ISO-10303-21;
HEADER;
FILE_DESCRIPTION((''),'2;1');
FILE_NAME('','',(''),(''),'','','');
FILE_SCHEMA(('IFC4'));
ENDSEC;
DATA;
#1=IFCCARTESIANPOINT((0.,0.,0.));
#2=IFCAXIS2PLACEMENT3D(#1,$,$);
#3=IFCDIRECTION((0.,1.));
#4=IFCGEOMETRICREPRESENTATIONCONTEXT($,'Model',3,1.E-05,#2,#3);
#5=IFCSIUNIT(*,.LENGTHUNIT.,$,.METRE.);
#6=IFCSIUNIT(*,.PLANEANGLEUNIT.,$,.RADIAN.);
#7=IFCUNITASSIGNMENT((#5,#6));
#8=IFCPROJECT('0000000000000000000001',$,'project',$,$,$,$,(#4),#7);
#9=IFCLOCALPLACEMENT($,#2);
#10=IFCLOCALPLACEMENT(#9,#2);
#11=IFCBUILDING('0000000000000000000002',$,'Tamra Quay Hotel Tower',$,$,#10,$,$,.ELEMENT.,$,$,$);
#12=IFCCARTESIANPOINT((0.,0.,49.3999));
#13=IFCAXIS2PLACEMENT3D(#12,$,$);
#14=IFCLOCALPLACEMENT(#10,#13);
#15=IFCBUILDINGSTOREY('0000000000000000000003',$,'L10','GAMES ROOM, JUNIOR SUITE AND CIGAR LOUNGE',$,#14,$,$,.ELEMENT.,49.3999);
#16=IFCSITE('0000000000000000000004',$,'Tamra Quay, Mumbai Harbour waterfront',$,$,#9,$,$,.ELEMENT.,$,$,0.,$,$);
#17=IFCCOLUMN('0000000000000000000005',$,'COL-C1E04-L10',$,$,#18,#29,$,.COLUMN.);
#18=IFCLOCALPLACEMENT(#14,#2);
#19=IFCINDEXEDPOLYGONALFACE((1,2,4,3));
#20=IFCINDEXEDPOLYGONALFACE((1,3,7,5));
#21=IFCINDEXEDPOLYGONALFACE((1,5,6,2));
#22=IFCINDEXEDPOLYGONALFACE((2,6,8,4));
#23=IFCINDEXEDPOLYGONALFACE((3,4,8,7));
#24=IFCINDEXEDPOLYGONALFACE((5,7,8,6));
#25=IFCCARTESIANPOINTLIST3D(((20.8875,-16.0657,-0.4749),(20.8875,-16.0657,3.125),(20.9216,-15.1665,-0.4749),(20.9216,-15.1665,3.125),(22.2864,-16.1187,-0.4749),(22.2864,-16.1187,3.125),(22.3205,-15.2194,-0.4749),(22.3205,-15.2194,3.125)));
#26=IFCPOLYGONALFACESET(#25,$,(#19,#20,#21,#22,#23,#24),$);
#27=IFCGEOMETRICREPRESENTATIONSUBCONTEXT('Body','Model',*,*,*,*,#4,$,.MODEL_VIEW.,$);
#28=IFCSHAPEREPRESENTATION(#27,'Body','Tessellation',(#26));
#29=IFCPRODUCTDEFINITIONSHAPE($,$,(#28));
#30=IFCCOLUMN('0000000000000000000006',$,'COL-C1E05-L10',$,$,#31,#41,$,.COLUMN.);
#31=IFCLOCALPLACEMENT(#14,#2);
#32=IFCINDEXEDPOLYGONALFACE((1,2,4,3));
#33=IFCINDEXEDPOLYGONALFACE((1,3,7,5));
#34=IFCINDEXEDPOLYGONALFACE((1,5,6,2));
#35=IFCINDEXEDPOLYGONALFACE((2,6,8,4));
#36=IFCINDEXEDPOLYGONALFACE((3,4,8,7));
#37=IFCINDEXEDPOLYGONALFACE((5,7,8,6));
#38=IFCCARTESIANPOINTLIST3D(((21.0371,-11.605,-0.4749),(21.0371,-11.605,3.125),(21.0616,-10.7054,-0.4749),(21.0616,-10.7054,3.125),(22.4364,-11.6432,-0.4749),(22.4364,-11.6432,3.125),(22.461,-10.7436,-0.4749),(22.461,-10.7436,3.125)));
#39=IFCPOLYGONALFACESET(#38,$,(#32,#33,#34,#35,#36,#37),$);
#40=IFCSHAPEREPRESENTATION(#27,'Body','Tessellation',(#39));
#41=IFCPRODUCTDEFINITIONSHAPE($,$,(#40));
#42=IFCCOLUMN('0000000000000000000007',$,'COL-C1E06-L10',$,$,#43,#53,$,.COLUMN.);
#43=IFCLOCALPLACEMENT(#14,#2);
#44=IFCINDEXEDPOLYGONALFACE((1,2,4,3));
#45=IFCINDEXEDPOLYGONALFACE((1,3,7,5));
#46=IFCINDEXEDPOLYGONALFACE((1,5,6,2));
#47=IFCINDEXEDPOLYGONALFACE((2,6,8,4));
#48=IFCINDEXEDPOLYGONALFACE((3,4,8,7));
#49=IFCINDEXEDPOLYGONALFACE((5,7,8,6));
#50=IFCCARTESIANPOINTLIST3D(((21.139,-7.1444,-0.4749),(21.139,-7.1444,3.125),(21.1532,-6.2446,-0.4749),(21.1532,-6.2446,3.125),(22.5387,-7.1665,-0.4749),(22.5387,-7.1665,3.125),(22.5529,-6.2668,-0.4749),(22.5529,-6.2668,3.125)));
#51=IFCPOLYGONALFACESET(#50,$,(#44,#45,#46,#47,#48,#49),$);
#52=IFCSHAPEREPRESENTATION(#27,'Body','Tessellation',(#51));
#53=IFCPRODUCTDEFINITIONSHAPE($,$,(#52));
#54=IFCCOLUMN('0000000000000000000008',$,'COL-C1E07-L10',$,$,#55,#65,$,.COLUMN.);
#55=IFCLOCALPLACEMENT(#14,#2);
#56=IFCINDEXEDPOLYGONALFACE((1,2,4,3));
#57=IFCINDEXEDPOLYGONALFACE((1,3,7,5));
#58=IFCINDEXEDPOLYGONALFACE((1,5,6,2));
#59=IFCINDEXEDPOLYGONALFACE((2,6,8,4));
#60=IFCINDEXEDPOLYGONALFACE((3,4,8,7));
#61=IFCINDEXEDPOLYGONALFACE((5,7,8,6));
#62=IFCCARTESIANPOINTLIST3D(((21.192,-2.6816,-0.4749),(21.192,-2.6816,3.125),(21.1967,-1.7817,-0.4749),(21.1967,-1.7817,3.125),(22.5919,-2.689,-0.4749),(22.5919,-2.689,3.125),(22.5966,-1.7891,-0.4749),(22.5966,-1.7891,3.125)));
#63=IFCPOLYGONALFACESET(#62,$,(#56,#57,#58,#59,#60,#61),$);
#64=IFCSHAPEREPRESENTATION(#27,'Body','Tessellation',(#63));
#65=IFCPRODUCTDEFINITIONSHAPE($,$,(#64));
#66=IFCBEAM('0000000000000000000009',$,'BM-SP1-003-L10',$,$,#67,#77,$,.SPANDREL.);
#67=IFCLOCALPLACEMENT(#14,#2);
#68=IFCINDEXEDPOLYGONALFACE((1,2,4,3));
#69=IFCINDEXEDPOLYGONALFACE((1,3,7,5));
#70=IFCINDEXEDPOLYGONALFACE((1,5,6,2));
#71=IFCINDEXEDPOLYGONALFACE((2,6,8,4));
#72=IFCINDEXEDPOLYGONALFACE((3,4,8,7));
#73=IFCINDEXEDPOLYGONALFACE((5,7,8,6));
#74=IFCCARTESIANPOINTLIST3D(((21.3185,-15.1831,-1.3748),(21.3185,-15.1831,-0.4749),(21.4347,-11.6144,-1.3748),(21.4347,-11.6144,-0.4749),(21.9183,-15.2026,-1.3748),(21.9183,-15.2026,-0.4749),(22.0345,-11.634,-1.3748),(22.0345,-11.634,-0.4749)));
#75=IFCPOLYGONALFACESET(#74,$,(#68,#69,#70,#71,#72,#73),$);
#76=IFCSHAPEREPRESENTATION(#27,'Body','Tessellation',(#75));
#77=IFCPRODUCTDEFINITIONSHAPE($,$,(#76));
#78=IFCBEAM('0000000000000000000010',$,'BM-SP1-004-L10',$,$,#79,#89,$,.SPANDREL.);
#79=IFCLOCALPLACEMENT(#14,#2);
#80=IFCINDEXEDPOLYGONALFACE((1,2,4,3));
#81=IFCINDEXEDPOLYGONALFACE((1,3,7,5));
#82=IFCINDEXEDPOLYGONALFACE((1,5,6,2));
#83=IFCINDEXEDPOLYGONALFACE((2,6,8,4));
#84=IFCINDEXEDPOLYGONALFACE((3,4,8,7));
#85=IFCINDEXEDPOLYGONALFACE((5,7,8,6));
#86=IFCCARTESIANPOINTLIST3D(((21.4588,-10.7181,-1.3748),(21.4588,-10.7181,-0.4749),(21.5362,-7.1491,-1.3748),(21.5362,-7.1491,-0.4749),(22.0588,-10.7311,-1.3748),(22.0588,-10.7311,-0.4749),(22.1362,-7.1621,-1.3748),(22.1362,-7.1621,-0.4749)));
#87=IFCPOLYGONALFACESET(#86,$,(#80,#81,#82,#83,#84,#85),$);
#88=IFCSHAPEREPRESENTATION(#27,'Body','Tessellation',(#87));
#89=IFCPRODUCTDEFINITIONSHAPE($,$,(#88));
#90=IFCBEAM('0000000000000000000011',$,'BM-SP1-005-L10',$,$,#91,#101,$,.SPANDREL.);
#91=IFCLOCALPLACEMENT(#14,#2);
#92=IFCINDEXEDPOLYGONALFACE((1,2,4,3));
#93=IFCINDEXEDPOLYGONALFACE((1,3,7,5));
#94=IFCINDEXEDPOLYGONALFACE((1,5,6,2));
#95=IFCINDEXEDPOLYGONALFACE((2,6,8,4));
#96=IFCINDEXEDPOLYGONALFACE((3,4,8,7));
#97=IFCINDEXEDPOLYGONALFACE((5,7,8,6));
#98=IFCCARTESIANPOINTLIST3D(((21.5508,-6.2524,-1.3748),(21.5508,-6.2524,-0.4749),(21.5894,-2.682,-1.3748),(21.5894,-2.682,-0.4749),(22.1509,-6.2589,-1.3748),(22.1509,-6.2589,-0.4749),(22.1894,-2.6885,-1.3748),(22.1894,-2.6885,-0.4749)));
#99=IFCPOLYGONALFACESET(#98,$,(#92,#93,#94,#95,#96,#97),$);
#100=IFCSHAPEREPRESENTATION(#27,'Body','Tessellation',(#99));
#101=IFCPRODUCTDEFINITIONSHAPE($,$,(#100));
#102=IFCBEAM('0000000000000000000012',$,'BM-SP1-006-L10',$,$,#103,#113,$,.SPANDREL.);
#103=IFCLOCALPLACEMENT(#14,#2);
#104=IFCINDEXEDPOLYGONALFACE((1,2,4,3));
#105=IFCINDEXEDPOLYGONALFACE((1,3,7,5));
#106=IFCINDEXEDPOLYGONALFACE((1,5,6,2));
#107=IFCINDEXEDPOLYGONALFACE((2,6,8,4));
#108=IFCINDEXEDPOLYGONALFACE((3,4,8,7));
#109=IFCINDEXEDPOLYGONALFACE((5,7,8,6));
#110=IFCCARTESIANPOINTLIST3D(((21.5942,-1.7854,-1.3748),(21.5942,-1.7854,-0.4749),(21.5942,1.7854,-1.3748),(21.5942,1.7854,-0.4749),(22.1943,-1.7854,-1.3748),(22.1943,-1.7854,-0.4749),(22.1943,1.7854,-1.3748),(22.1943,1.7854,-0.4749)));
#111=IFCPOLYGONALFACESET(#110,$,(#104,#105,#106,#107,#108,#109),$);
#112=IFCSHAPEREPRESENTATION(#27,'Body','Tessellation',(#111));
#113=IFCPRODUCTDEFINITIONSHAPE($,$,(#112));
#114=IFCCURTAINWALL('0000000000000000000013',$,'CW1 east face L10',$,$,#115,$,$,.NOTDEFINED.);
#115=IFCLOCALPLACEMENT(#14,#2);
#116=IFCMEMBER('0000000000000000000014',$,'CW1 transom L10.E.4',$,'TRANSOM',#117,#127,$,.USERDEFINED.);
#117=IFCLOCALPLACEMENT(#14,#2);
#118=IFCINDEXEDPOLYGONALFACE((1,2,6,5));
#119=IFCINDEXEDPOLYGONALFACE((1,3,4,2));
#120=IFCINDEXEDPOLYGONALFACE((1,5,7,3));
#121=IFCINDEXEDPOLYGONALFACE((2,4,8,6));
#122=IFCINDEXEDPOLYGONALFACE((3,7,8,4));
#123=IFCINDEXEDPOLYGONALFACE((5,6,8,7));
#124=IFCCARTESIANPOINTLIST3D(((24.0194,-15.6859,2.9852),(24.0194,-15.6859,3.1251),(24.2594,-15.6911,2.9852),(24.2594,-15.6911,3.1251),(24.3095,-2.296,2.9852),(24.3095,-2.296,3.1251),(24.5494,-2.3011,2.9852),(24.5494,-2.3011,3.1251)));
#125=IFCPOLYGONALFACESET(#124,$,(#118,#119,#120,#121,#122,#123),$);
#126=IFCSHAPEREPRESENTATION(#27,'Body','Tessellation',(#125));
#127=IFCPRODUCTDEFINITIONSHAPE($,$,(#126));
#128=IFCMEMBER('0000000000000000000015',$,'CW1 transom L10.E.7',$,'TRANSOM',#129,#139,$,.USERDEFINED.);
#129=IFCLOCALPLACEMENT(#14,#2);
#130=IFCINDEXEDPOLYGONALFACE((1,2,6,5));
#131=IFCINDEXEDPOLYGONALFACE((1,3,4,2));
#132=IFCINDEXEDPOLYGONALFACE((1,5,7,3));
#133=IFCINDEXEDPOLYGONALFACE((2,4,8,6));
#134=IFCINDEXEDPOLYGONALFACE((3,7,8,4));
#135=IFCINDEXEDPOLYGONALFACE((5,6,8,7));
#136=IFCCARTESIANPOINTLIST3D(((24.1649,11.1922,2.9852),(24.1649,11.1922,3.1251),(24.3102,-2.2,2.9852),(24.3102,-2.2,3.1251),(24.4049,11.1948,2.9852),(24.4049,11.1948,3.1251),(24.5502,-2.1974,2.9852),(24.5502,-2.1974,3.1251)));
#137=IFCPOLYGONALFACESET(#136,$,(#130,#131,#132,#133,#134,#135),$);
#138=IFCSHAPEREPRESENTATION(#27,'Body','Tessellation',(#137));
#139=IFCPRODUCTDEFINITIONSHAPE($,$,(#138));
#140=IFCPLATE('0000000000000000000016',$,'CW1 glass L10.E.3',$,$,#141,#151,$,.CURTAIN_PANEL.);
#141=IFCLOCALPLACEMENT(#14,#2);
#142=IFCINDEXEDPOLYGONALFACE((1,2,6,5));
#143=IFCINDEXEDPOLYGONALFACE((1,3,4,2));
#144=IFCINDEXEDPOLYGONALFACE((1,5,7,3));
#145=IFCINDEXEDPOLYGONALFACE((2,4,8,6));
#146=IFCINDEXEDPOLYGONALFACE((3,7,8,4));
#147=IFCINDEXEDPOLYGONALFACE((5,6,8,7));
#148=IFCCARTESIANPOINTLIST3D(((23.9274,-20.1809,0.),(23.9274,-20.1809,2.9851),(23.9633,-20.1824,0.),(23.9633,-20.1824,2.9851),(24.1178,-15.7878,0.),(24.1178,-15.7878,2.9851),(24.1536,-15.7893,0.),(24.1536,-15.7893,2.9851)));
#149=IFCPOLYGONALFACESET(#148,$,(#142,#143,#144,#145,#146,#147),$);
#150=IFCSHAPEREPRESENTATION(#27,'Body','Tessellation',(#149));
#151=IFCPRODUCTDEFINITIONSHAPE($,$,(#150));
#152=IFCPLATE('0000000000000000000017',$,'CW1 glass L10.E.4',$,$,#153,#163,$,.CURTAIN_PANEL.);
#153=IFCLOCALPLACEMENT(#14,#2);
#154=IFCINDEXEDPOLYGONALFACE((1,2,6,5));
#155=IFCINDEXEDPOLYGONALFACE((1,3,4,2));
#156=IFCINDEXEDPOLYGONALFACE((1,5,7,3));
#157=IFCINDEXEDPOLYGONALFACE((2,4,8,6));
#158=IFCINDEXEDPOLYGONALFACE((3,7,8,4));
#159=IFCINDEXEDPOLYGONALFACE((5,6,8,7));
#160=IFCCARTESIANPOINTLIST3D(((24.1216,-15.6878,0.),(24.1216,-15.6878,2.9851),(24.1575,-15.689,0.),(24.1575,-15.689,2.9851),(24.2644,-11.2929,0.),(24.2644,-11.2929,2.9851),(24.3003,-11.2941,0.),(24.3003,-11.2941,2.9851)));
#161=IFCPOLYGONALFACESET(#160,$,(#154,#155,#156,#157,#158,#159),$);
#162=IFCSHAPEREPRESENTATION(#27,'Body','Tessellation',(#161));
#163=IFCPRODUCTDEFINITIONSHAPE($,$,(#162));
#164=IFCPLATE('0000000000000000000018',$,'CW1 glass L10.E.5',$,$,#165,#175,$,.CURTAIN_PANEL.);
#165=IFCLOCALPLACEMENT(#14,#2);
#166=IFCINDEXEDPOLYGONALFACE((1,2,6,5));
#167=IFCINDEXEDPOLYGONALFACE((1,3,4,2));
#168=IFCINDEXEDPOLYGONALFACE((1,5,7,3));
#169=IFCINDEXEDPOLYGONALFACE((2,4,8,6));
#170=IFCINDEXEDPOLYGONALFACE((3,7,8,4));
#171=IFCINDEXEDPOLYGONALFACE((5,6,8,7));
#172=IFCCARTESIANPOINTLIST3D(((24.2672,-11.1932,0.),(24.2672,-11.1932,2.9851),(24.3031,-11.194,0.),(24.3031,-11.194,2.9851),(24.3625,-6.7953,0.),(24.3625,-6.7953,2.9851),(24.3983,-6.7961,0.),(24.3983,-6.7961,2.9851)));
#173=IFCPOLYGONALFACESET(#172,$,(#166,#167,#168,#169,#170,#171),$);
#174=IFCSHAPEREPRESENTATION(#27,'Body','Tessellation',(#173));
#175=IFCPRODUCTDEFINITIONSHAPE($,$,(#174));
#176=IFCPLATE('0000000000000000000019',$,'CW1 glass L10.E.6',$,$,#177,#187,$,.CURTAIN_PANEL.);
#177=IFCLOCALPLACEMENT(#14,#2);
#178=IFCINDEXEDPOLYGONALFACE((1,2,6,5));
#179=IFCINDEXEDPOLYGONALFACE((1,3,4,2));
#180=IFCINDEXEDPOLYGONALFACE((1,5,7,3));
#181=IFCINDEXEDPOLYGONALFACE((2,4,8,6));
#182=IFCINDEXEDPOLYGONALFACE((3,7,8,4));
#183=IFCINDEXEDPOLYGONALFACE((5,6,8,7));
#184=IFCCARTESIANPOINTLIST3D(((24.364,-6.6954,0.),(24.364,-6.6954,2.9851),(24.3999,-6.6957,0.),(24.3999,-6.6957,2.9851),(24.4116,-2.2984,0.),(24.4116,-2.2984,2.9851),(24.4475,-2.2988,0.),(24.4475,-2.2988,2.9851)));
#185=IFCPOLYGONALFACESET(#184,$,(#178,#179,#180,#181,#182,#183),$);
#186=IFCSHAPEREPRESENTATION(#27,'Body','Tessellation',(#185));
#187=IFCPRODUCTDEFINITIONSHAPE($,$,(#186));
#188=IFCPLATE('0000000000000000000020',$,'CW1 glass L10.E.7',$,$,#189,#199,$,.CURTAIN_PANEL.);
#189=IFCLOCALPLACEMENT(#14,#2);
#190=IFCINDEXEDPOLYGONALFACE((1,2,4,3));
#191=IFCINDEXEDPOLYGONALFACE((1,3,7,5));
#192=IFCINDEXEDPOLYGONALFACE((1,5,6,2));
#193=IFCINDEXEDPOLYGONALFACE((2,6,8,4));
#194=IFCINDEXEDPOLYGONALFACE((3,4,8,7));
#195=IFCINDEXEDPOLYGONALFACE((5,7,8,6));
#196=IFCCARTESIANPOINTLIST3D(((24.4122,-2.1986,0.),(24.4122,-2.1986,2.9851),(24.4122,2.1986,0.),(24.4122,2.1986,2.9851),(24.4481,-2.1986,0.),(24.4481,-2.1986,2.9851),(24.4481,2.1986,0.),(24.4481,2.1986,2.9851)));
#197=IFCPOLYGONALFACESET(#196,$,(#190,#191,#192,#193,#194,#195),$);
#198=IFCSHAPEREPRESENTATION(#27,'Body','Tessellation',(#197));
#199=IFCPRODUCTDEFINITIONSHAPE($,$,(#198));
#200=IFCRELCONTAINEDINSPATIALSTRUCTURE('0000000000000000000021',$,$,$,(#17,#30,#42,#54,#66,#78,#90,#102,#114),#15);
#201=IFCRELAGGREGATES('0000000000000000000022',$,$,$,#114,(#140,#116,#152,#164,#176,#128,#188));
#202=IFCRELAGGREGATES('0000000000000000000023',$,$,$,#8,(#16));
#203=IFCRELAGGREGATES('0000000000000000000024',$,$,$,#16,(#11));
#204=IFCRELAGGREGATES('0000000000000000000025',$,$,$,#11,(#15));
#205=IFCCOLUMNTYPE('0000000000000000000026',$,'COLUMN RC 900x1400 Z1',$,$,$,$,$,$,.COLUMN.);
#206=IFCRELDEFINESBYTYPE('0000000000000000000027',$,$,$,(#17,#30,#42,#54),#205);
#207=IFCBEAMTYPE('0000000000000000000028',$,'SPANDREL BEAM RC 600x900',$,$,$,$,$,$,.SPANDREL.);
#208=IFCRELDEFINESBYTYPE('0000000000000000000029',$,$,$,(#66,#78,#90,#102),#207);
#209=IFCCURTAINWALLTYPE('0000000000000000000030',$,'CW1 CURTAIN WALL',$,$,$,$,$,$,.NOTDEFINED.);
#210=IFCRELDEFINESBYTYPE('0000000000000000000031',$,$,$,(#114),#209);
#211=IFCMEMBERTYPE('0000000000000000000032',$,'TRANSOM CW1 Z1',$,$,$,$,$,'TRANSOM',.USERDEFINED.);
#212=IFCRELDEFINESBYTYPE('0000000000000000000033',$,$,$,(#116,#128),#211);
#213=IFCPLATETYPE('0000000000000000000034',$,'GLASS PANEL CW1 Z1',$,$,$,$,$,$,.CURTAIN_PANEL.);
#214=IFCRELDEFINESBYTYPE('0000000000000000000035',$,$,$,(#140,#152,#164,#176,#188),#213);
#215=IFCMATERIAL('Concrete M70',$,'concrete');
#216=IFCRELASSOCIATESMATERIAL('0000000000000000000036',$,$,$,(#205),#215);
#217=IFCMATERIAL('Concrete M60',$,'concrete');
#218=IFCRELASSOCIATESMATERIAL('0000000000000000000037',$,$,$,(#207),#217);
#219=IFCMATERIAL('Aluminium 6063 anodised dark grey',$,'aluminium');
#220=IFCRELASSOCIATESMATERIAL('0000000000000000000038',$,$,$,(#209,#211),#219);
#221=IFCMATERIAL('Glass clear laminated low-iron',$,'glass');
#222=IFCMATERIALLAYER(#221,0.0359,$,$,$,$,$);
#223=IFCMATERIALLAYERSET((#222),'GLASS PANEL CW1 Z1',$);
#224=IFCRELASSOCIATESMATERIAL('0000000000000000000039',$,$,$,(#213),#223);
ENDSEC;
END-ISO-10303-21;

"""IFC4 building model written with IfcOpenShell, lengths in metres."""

from ifc_helpers import new_model, si_unit, direction, frame, origin, origin_2d, place, context, subcontext, project, spatial, rectangle, extrude, material, layer, layer_set, material_profile, profile_set, type_object, element, aggregate, save


model = new_model("IFC4")

# Units and contexts
model_context = context("Model", 3, precision=1e-05, world=origin(), true_north=direction((0.0, 1.0)))
body_context = subcontext(model_context, "Body", "Model", "MODEL_VIEW")
ifc_project = project(units=[si_unit("LENGTHUNIT", "METRE"), si_unit("PLANEANGLEUNIT", "RADIAN")], contexts=[model_context])

# Site, building, storey
site_placement = place(None, origin())
site = spatial("IfcSite", under=ifc_project, at=site_placement, Name="Tamra Quay, Mumbai Harbour waterfront", CompositionType="ELEMENT", RefElevation=0.0)
building_placement = place(site_placement, origin())
building = spatial("IfcBuilding", under=site, at=building_placement, Name="Tamra Quay Hotel Tower", CompositionType="ELEMENT")
storey_placement = place(building_placement, frame((0.0, 0.0, 49.3999)))
storey = spatial("IfcBuildingStorey", under=building, at=storey_placement, Name="L10", Description="GAMES ROOM, JUNIOR SUITE AND CIGAR LOUNGE", CompositionType="ELEMENT", Elevation=49.3999)

# Columns
ifc_material_1 = material(Name="Concrete M70", Category="concrete")
ifc_material_profile_1 = material_profile(ifc_material_1, rectangle(XDim=1.3999, YDim=0.8999, at=origin_2d()), Name="COLUMN RC 900x1400 Z1")
ifc_profile_set_1 = profile_set([ifc_material_profile_1], Name="Concrete M70")
column_type = type_object("IfcColumnType", Name="COLUMN RC 900x1400 Z1", PredefinedType="COLUMN", material=ifc_profile_set_1)
for number, where, z_axis, x_axis, name in (
    (1, (21.604, -15.6426, -0.4749), (0.0, 0.0, 1.0), (-0.999285, 0.037812, 0.0), "COL-C1E04-L10"),
    (2, (21.749, -11.1743, -0.4749), (0.0, 0.0, 1.0), (-0.999628, 0.027269, 0.0), "COL-C1E05-L10"),
    (3, (21.8459, -6.7056, -0.4749), (0.0, 0.0, 1.0), (-0.999875, 0.015838, 0.0), "COL-C1E06-L10"),
    (4, (21.8943, -2.2354, -0.4749), (0.0, 0.0, 1.0), (-0.999986, 0.00528, 0.0), "COL-C1E07-L10"),
):
    element("IfcColumn", number, at=place(storey_placement, frame(where, z_axis=z_axis, x_axis=x_axis)), inside=storey, type_object=column_type, Name=name, PredefinedType="COLUMN", context=body_context, shape_type="SweptSolid", body=[
        extrude(rectangle(XDim=1.3999, YDim=0.8999, at=origin_2d()), origin(), (0.0, 0.0, 1.0), 3.5999),
    ])

# Beams
ifc_material_2 = material(Name="Concrete M60", Category="concrete")
ifc_material_profile_2 = material_profile(ifc_material_2, rectangle(XDim=0.6001, YDim=0.8999, at=origin_2d()), Name="SPANDREL BEAM RC 600x900")
ifc_profile_set_2 = profile_set([ifc_material_profile_2], Name="Concrete M60")
beam_type = type_object("IfcBeamType", Name="SPANDREL BEAM RC 600x900", PredefinedType="SPANDREL", material=ifc_profile_set_2)
beam_1_placement = place(storey_placement, frame((21.6184, -15.1929, -0.9248), z_axis=(0.032548, 0.99947, 0.0), x_axis=(-0.99947, 0.032548, 0.0)))
element("IfcBeam", 5, at=beam_1_placement, inside=storey, type_object=beam_type, Name="BM-SP1-003-L10", PredefinedType="SPANDREL", context=body_context, shape_type="SweptSolid", body=[
    extrude(rectangle(XDim=0.6001, YDim=0.8999, at=origin_2d()), origin(), (0.0, 0.0, 1.0), 3.5706),
])
beam_2_placement = place(storey_placement, frame((21.7588, -10.7246, -0.9248), z_axis=(0.021679, 0.999765, 0.0), x_axis=(-0.999765, 0.021679, 0.0)))
element("IfcBeam", 6, at=beam_2_placement, inside=storey, type_object=beam_type, Name="BM-SP1-004-L10", PredefinedType="SPANDREL", context=body_context, shape_type="SweptSolid", body=[
    extrude(rectangle(XDim=0.6001, YDim=0.8999, at=origin_2d()), origin(), (0.0, 0.0, 1.0), 3.5698),
])
beam_3_placement = place(storey_placement, frame((21.8508, -6.2556, -0.9248), z_axis=(0.010804, 0.999942, 0.0), x_axis=(-0.999942, 0.010804, 0.0)))
element("IfcBeam", 7, at=beam_3_placement, inside=storey, type_object=beam_type, Name="BM-SP1-005-L10", PredefinedType="SPANDREL", context=body_context, shape_type="SweptSolid", body=[
    extrude(rectangle(XDim=0.6001, YDim=0.8999, at=origin_2d()), origin(), (0.0, 0.0, 1.0), 3.5706),
])
beam_4_placement = place(storey_placement, frame((21.8943, -1.7854, -0.9248), z_axis=(0.0, 1.0, 0.0), x_axis=(-1.0, 0.0, 0.0)))
element("IfcBeam", 8, at=beam_4_placement, inside=storey, type_object=beam_type, Name="BM-SP1-006-L10", PredefinedType="SPANDREL", context=body_context, shape_type="SweptSolid", body=[
    extrude(rectangle(XDim=0.6001, YDim=0.8999, at=origin_2d()), origin(), (0.0, 0.0, 1.0), 3.5708),
])

# Curtain wall, members, plates
ifc_material_3 = material(Name="Aluminium 6063 anodised dark grey", Category="aluminium")
curtain_wall_type = type_object("IfcCurtainWallType", Name="CW1 CURTAIN WALL", PredefinedType="NOTDEFINED", material=ifc_material_3)
curtain_wall_placement = place(storey_placement, origin())
curtain_wall = element("IfcCurtainWall", 9, at=curtain_wall_placement, inside=storey, type_object=curtain_wall_type, Name="CW1 east face L10", PredefinedType="NOTDEFINED")
ifc_material_profile_3 = material_profile(ifc_material_3, rectangle(XDim=0.24, YDim=0.1399, at=origin_2d()), Name="TRANSOM 240X140")
ifc_profile_set_3 = profile_set([ifc_material_profile_3], Name="Aluminium 6063 anodised dark grey")
member_type = type_object("IfcMemberType", Name="TRANSOM CW1 Z1", ElementType="TRANSOM", PredefinedType="USERDEFINED", material=ifc_profile_set_3)
member_1_placement = place(storey_placement, frame((24.1394, -15.6885, 3.0552), z_axis=(0.021656, 0.999765, 0.0), x_axis=(-0.999765, 0.021656, 0.0)))
member_1 = element("IfcMember", 10, at=member_1_placement, type_object=member_type, Name="CW1 transom L10.E.4", ObjectType="TRANSOM", PredefinedType="USERDEFINED", context=body_context, shape_type="SweptSolid", body=[
    extrude(rectangle(XDim=0.24, YDim=0.1399, at=origin_2d()), origin(), (0.0, 0.0, 1.0), 13.3931),
])
member_2_placement = place(storey_placement, frame((24.4302, -2.1987, 3.0552), z_axis=(-0.010846, 0.999941, 0.0), x_axis=(-0.999941, -0.010846, 0.0)))
member_2 = element("IfcMember", 11, at=member_2_placement, type_object=member_type, Name="CW1 transom L10.E.7", ObjectType="TRANSOM", PredefinedType="USERDEFINED", context=body_context, shape_type="SweptSolid", body=[
    extrude(rectangle(XDim=0.24, YDim=0.1399, at=origin_2d()), origin(), (0.0, 0.0, 1.0), 13.3931),
])
ifc_material_4 = material(Name="Glass clear laminated low-iron", Category="glass")
ifc_layer_1 = layer(ifc_material_4, 0.0359)
ifc_layer_set_1 = layer_set([ifc_layer_1], Name="GLASS PANEL CW1 Z1")
plate_type = type_object("IfcPlateType", Name="GLASS PANEL CW1 Z1", PredefinedType="CURTAIN_PANEL", material=ifc_layer_set_1)
plate_1_placement = place(storey_placement, frame((24.0405, -17.9851, 0.0), z_axis=(0.0, 0.0, 1.0), x_axis=(0.043285, 0.999063, 0.0)))
plate_1 = element("IfcPlate", 12, at=plate_1_placement, type_object=plate_type, Name="CW1 glass L10.E.3", PredefinedType="CURTAIN_PANEL", context=body_context, shape_type="SweptSolid", body=[
    extrude(rectangle(XDim=4.3972, YDim=0.0359, at=origin_2d()), origin(), (0.0, 0.0, 1.0), 2.9851),
])
plate_2_placement = place(storey_placement, frame((24.2109, -13.491, 0.0), z_axis=(0.0, 0.0, 1.0), x_axis=(0.032475, 0.999473, 0.0)))
plate_2 = element("IfcPlate", 13, at=plate_2_placement, type_object=plate_type, Name="CW1 glass L10.E.4", PredefinedType="CURTAIN_PANEL", context=body_context, shape_type="SweptSolid", body=[
    extrude(rectangle(XDim=4.3972, YDim=0.0359, at=origin_2d()), origin(), (0.0, 0.0, 1.0), 2.9851),
])
plate_3_placement = place(storey_placement, frame((24.3328, -8.9946, 0.0), z_axis=(0.0, 0.0, 1.0), x_axis=(0.021657, 0.999765, 0.0)))
plate_3 = element("IfcPlate", 14, at=plate_3_placement, type_object=plate_type, Name="CW1 glass L10.E.5", PredefinedType="CURTAIN_PANEL", context=body_context, shape_type="SweptSolid", body=[
    extrude(rectangle(XDim=4.3989, YDim=0.0359, at=origin_2d()), origin(), (0.0, 0.0, 1.0), 2.9851),
])
plate_4_placement = place(storey_placement, frame((24.4058, -4.4971, 0.0), z_axis=(0.0, 0.0, 1.0), x_axis=(0.010836, 0.999941, 0.0)))
plate_4 = element("IfcPlate", 15, at=plate_4_placement, type_object=plate_type, Name="CW1 glass L10.E.6", PredefinedType="CURTAIN_PANEL", context=body_context, shape_type="SweptSolid", body=[
    extrude(rectangle(XDim=4.3972, YDim=0.0359, at=origin_2d()), origin(), (0.0, 0.0, 1.0), 2.9851),
])
plate_5_placement = place(storey_placement, frame((24.4302, 0.0, 0.0), z_axis=(0.0, 0.0, 1.0), x_axis=(0.0, 1.0, 0.0)))
plate_5 = element("IfcPlate", 16, at=plate_5_placement, type_object=plate_type, Name="CW1 glass L10.E.7", PredefinedType="CURTAIN_PANEL", context=body_context, shape_type="SweptSolid", body=[
    extrude(rectangle(XDim=4.3972, YDim=0.0359, at=origin_2d()), origin(), (0.0, 0.0, 1.0), 2.9851),
])
aggregate(curtain_wall, [plate_1, member_1, plate_2, plate_3, plate_4, member_2, plate_5])

save(model, "model.ifc")
